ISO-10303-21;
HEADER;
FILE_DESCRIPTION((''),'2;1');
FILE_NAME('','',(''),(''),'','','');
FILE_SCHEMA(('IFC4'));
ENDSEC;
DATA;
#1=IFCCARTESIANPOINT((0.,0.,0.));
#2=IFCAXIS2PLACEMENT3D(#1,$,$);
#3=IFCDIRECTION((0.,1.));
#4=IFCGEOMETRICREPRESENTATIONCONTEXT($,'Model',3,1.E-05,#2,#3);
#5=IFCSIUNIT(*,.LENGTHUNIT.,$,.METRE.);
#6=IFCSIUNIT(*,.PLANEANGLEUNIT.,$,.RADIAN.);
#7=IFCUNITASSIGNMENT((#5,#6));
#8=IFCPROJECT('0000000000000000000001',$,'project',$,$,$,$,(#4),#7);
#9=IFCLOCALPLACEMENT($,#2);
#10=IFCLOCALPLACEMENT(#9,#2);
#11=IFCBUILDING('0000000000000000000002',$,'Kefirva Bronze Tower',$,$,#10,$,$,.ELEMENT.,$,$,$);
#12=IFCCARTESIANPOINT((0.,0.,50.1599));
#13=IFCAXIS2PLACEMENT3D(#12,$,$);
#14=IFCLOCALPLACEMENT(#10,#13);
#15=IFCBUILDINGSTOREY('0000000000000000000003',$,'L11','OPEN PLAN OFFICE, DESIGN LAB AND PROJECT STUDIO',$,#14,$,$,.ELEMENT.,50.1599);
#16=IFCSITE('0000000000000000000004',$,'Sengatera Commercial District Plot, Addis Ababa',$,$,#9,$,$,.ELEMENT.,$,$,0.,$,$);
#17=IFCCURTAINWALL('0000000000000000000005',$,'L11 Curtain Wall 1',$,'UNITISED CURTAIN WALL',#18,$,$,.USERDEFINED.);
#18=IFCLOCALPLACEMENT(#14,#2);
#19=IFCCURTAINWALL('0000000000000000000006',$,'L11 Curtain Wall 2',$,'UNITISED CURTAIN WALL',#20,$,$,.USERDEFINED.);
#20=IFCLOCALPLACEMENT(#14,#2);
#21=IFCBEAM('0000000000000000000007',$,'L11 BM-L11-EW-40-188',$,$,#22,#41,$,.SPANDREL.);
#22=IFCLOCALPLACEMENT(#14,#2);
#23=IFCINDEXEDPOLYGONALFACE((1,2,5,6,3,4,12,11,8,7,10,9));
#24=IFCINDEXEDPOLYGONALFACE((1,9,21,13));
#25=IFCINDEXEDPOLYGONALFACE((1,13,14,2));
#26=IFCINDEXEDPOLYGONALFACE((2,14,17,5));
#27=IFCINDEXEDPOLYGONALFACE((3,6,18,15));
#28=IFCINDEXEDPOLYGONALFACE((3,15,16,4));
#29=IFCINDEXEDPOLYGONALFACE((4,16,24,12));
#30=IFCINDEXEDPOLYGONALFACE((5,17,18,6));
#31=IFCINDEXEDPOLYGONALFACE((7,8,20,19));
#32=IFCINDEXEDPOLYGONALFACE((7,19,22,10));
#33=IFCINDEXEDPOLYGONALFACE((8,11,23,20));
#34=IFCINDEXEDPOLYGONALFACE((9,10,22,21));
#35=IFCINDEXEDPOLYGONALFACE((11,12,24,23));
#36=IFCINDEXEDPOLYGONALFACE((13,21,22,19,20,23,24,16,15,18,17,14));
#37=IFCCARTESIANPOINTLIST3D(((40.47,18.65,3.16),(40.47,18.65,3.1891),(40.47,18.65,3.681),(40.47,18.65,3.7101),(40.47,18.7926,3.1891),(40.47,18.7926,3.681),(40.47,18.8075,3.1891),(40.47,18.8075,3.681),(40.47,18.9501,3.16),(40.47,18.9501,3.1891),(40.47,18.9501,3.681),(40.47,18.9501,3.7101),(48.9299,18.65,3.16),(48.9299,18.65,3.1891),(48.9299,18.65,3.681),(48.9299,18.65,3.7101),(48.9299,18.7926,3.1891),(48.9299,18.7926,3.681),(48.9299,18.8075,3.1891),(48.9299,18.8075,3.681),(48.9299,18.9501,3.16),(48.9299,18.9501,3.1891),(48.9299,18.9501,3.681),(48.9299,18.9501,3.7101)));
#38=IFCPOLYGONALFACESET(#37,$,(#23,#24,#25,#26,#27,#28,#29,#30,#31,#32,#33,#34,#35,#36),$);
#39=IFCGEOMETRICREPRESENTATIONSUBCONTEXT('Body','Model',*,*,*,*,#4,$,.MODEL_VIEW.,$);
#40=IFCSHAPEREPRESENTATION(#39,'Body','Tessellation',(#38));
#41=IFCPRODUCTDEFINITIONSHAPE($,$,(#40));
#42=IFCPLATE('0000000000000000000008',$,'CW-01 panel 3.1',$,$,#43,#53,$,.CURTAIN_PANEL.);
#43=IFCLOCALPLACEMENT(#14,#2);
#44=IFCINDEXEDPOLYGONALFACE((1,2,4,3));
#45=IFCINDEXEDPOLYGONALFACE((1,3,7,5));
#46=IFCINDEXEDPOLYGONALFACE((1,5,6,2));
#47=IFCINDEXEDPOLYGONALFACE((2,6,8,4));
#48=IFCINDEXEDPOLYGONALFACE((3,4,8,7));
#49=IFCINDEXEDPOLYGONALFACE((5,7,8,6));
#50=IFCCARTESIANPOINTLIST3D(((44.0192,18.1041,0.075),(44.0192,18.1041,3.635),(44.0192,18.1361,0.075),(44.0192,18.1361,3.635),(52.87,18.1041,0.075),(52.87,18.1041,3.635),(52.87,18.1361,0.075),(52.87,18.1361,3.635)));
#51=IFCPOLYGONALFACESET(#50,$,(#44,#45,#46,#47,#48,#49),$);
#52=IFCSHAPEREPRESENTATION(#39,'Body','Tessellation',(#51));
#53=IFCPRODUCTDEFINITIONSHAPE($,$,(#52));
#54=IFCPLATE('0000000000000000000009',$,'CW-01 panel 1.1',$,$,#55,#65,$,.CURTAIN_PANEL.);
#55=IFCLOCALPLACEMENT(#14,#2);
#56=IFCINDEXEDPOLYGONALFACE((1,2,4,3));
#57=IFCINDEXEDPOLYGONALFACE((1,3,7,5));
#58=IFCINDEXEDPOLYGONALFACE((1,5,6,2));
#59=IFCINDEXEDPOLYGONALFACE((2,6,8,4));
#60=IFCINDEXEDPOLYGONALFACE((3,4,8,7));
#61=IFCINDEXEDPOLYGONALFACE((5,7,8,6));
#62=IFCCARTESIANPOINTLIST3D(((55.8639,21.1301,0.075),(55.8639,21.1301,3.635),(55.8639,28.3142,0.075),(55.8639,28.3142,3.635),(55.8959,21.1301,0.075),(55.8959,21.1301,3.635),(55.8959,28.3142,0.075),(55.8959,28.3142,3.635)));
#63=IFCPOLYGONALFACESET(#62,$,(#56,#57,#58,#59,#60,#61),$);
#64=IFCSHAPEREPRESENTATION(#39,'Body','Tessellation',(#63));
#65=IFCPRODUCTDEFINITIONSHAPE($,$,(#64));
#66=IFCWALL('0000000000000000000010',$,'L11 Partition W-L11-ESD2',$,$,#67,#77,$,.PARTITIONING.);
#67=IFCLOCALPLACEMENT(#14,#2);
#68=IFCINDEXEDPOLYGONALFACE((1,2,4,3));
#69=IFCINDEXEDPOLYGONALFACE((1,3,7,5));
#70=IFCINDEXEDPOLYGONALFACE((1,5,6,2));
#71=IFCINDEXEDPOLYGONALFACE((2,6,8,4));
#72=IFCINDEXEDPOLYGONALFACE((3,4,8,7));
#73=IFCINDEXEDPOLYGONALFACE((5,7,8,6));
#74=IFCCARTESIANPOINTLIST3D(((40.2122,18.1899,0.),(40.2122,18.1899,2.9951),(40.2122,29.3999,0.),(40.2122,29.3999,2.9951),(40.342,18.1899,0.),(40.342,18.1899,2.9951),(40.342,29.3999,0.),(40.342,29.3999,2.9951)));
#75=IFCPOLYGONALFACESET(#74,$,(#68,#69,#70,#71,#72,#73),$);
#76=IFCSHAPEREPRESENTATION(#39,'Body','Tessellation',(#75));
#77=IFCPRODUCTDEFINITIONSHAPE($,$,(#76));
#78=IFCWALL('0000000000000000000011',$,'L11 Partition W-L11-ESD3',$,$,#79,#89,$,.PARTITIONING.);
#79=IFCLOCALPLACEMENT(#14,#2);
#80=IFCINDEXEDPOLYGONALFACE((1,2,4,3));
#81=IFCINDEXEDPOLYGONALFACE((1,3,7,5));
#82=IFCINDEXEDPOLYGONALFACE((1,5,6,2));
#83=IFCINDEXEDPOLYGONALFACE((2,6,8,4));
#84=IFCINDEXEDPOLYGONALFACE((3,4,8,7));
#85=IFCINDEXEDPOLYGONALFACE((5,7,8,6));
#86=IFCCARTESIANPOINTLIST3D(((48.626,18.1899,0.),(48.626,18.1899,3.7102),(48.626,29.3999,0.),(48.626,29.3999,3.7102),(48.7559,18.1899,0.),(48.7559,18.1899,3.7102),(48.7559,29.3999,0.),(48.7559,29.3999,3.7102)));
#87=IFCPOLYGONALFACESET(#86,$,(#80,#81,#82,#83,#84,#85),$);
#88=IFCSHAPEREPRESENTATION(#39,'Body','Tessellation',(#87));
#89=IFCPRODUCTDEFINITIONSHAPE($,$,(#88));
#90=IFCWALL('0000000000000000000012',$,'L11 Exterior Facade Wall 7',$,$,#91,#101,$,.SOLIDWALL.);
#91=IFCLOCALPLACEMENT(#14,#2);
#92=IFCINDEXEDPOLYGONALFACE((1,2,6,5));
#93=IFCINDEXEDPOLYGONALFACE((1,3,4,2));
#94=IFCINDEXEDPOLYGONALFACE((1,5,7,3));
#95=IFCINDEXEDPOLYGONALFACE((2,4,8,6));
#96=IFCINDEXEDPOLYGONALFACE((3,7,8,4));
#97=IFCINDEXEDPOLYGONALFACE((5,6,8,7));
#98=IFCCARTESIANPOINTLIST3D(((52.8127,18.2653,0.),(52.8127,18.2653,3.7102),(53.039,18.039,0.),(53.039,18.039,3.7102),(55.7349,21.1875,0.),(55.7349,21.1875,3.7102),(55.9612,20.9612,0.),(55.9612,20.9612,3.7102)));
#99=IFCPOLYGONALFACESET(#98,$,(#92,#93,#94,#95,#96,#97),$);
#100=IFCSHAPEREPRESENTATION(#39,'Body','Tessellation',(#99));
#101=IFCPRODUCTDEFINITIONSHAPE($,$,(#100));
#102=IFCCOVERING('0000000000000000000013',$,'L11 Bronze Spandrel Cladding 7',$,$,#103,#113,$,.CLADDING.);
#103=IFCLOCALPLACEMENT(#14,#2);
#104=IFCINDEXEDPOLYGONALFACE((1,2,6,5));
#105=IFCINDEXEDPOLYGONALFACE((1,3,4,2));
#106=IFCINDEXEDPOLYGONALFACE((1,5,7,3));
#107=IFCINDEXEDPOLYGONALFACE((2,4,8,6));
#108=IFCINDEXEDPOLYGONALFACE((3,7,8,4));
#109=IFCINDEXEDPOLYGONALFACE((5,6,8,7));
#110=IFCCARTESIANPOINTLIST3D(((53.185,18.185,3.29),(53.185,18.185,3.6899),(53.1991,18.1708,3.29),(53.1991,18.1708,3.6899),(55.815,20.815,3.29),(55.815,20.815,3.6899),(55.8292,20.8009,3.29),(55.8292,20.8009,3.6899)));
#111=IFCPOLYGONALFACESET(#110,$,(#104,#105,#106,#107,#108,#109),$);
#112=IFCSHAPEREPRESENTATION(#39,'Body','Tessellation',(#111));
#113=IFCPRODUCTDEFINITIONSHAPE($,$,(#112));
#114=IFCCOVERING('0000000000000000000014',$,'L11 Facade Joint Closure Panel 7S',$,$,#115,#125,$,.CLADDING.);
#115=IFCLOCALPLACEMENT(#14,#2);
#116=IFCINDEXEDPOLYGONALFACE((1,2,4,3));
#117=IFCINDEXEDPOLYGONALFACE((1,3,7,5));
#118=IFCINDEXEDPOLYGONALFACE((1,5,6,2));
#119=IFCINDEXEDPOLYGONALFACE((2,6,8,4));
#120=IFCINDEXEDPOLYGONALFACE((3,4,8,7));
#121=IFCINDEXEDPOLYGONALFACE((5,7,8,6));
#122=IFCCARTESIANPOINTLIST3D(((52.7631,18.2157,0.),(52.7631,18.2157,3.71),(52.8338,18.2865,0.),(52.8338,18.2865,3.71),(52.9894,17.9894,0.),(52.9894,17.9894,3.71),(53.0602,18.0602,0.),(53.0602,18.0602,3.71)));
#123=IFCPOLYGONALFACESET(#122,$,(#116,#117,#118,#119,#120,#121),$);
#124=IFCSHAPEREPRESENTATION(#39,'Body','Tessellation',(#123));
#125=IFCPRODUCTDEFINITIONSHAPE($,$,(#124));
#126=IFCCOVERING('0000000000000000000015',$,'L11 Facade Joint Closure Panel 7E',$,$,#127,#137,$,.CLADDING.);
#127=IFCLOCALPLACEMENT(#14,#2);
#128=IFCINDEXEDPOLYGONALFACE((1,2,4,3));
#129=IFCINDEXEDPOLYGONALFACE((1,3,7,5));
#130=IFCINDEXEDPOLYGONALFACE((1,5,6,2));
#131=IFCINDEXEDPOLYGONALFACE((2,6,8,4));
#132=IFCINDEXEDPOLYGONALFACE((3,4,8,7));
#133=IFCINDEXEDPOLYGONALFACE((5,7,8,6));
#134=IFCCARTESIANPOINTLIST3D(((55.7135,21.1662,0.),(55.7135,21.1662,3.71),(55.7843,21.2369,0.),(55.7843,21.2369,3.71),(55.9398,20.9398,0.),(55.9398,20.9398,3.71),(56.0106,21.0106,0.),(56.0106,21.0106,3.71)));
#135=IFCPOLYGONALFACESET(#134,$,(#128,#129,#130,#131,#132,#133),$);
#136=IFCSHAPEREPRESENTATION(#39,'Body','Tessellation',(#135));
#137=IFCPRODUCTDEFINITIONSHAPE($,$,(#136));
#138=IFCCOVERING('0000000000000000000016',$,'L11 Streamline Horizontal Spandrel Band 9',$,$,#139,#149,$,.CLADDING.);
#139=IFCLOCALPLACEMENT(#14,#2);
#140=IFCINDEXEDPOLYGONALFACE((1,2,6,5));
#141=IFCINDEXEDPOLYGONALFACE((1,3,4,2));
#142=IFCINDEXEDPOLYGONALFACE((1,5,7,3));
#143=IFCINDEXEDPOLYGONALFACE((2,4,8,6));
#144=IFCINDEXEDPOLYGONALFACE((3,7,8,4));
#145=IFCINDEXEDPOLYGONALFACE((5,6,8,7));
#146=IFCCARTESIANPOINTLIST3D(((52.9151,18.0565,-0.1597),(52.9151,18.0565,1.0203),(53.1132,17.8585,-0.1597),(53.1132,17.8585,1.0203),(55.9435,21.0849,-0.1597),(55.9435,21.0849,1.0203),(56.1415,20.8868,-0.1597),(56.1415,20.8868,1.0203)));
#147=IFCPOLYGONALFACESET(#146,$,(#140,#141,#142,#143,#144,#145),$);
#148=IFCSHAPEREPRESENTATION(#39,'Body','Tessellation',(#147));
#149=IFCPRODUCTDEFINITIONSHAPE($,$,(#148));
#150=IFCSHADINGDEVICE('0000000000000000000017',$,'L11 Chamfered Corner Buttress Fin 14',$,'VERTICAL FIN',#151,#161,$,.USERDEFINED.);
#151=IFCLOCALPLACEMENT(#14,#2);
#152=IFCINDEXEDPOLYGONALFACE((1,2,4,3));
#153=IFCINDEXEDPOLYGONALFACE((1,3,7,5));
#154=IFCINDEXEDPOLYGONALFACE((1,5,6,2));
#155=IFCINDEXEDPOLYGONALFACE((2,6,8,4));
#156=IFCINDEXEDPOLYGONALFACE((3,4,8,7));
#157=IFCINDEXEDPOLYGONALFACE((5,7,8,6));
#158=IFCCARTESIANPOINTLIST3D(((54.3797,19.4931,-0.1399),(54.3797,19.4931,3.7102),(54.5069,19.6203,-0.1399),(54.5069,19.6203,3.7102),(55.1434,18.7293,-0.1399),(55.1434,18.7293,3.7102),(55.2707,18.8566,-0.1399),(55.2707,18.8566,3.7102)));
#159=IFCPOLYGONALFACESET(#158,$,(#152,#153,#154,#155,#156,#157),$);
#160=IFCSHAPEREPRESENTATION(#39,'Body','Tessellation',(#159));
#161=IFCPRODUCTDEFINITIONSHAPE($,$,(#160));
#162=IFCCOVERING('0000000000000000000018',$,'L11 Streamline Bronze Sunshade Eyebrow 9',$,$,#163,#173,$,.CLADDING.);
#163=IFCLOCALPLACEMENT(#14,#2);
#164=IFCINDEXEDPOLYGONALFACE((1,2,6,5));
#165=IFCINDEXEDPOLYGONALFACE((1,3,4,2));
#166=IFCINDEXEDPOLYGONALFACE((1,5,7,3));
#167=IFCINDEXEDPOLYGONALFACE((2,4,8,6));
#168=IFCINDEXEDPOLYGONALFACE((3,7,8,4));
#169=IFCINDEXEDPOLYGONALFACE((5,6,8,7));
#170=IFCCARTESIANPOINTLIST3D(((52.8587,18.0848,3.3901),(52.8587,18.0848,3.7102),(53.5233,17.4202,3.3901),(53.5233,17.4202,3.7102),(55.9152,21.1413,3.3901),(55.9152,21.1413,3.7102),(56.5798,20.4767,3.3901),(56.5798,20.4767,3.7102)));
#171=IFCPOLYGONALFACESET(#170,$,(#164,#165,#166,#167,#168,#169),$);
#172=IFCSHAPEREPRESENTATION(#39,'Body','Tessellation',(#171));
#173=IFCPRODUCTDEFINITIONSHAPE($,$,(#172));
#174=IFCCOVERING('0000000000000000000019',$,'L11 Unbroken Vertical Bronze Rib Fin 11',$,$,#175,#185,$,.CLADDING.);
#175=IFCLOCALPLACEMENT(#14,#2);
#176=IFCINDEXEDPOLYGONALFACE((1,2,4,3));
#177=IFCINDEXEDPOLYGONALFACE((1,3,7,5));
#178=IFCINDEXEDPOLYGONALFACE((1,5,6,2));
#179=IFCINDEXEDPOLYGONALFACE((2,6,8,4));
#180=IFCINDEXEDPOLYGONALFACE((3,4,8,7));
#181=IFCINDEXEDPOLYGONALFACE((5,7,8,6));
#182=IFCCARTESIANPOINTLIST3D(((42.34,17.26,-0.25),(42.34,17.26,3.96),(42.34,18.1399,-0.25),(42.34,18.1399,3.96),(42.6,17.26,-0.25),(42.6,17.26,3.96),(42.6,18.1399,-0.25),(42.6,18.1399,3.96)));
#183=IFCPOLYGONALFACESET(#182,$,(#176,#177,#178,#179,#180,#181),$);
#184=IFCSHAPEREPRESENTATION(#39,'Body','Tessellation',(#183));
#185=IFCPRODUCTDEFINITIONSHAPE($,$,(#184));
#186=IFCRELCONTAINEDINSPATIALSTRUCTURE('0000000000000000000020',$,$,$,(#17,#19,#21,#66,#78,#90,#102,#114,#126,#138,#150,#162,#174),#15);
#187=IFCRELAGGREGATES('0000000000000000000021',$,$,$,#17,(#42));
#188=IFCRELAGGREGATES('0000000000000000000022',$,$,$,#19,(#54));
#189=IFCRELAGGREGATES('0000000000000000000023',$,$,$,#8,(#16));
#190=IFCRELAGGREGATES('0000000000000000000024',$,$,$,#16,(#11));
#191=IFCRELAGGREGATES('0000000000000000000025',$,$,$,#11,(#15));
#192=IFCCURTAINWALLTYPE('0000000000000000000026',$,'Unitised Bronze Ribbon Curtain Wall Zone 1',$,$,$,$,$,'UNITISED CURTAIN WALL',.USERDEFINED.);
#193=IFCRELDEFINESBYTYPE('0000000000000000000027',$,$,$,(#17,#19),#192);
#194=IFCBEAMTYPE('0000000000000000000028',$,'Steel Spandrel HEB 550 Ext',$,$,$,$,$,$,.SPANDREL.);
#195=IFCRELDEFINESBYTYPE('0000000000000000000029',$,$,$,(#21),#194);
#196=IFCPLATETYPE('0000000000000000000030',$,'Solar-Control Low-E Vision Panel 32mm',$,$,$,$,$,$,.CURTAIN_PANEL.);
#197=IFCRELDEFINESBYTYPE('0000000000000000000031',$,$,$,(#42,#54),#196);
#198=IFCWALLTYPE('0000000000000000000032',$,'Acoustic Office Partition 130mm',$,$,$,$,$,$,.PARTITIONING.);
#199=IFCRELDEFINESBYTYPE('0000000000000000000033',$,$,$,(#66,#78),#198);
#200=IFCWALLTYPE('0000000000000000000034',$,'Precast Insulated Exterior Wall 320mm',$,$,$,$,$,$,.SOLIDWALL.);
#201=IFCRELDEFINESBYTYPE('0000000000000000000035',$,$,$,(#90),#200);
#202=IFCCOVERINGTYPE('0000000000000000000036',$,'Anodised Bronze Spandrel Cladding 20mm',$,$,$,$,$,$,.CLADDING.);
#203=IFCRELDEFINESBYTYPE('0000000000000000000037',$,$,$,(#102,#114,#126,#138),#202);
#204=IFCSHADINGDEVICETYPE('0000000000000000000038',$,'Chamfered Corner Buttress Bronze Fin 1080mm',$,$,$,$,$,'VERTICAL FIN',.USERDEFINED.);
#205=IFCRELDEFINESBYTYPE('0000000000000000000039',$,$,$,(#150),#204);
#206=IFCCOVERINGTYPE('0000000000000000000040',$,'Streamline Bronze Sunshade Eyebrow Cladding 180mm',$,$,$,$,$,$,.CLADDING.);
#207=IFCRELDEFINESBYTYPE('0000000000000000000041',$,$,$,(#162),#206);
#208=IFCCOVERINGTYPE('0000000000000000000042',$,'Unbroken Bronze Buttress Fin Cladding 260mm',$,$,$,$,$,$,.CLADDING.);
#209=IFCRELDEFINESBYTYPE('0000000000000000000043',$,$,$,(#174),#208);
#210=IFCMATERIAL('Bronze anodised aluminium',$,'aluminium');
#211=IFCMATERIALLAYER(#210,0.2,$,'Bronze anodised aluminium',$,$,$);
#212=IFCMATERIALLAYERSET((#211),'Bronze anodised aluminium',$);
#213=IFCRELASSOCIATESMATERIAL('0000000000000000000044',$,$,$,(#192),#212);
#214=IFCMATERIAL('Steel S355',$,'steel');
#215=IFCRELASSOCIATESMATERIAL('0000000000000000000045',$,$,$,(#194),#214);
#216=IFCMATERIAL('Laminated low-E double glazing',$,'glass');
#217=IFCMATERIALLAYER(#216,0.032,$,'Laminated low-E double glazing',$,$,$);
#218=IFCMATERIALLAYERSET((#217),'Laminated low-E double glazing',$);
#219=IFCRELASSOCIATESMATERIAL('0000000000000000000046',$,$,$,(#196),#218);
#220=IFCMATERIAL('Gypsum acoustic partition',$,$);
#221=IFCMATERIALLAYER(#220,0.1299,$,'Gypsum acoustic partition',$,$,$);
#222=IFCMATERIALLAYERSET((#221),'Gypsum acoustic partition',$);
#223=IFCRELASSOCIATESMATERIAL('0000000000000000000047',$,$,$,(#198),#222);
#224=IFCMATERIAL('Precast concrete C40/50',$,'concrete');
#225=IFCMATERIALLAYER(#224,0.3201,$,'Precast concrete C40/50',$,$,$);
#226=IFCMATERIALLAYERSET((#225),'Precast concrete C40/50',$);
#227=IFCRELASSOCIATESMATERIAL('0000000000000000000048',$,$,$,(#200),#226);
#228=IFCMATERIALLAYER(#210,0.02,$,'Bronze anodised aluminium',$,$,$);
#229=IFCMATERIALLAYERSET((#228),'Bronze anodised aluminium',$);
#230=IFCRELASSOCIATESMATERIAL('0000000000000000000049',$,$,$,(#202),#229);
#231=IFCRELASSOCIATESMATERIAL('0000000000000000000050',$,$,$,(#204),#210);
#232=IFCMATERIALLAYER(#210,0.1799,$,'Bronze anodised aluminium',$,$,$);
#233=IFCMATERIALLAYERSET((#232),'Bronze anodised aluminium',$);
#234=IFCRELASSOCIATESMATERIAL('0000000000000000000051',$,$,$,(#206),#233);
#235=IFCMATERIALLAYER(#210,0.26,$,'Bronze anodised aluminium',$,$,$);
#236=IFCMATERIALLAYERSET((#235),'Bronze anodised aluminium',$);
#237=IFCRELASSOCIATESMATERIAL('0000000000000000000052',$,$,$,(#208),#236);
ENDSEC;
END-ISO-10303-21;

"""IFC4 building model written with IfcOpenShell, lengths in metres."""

from ifc_helpers import new_model, si_unit, direction, frame, frame_2d, origin, origin_2d, place, context, subcontext, project, spatial, rectangle, i_section, extrude, material, layer, layer_set, material_profile, profile_set, type_object, element, aggregate, save


model = new_model("IFC4")

# Units and contexts
model_context = context("Model", 3, precision=1e-05, world=origin(), true_north=direction((0.0, 1.0)))
body_context = subcontext(model_context, "Body", "Model", "MODEL_VIEW")
ifc_project = project(units=[si_unit("LENGTHUNIT", "METRE"), si_unit("PLANEANGLEUNIT", "RADIAN")], contexts=[model_context])

# Site, building, storey
site_placement = place(None, origin())
site = spatial("IfcSite", under=ifc_project, at=site_placement, Name="Sengatera Commercial District Plot, Addis Ababa", CompositionType="ELEMENT", RefElevation=0.0)
building_placement = place(site_placement, origin())
building = spatial("IfcBuilding", under=site, at=building_placement, Name="Kefirva Bronze Tower", CompositionType="ELEMENT")
storey_placement = place(building_placement, frame((0.0, 0.0, 50.1599)))
storey = spatial("IfcBuildingStorey", under=building, at=storey_placement, Name="L11", Description="OPEN PLAN OFFICE, DESIGN LAB AND PROJECT STUDIO", CompositionType="ELEMENT", Elevation=50.1599)

# Curtain wall
ifc_material_1 = material(Name="Bronze anodised aluminium", Category="aluminium")
ifc_layer_1 = layer(ifc_material_1, 0.2, Name="Bronze anodised aluminium")
ifc_layer_set_1 = layer_set([ifc_layer_1], Name="Bronze anodised aluminium")
curtain_wall_type = type_object("IfcCurtainWallType", Name="Unitised Bronze Ribbon Curtain Wall Zone 1", ElementType="UNITISED CURTAIN WALL", PredefinedType="USERDEFINED", material=ifc_layer_set_1)
curtain_wall_1_placement = place(storey_placement, origin())
curtain_wall_1 = element("IfcCurtainWall", 1, at=curtain_wall_1_placement, inside=storey, type_object=curtain_wall_type, Name="L11 Curtain Wall 1", ObjectType="UNITISED CURTAIN WALL", PredefinedType="USERDEFINED")

# Curtain wall
curtain_wall_2_placement = place(storey_placement, origin())
curtain_wall_2 = element("IfcCurtainWall", 2, at=curtain_wall_2_placement, inside=storey, type_object=curtain_wall_type, Name="L11 Curtain Wall 2", ObjectType="UNITISED CURTAIN WALL", PredefinedType="USERDEFINED")

# Beam
ifc_material_2 = material(Name="Steel S355", Category="steel")
ifc_material_profile_1 = material_profile(ifc_material_2, i_section(OverallWidth=0.3, OverallDepth=0.55, WebThickness=0.0149, FlangeThickness=0.0291, at=origin_2d()), Name="HEB 550")
ifc_profile_set_1 = profile_set([ifc_material_profile_1], Name="Steel S355")
beam_type_1 = type_object("IfcBeamType", Name="Steel Spandrel HEB 550 Ext", PredefinedType="SPANDREL", material=ifc_profile_set_1)
beam_1_placement = place(storey_placement, frame((40.47, 18.8, 3.4351), z_axis=(1.0, 0.0, 0.0), x_axis=(0.0, 1.0, 0.0)))
element("IfcBeam", 3, at=beam_1_placement, inside=storey, type_object=beam_type_1, Name="L11 BM-L11-EW-40-188", PredefinedType="SPANDREL", context=body_context, shape_type="SweptSolid", body=[
    extrude(i_section(OverallWidth=0.3, OverallDepth=0.55, WebThickness=0.0149, FlangeThickness=0.0291, at=origin_2d()), origin(), (0.0, 0.0, 1.0), 8.46),
])

# Plates
ifc_material_3 = material(Name="Laminated low-E double glazing", Category="glass")
ifc_layer_2 = layer(ifc_material_3, 0.032, Name="Laminated low-E double glazing")
ifc_layer_set_2 = layer_set([ifc_layer_2], Name="Laminated low-E double glazing")
plate_type = type_object("IfcPlateType", Name="Solar-Control Low-E Vision Panel 32mm", PredefinedType="CURTAIN_PANEL", material=ifc_layer_set_2)
plate_1_placement = place(storey_placement, frame((48.4446, 18.1201, 0.075), z_axis=(0.0, 0.0, 1.0), x_axis=(1.0, 0.0, 0.0)))
plate_1 = element("IfcPlate", 4, at=plate_1_placement, type_object=plate_type, Name="CW-01 panel 3.1", PredefinedType="CURTAIN_PANEL", context=body_context, shape_type="SweptSolid", body=[
    extrude(rectangle(XDim=8.8508, YDim=0.032, at=origin_2d()), origin(), (0.0, 0.0, 1.0), 3.5601),
])
aggregate(curtain_wall_1, [plate_1])
plate_2_placement = place(storey_placement, frame((55.8799, 24.7222, 0.075), z_axis=(0.0, 0.0, 1.0), x_axis=(0.0, 1.0, 0.0)))
plate_2 = element("IfcPlate", 5, at=plate_2_placement, type_object=plate_type, Name="CW-01 panel 1.1", PredefinedType="CURTAIN_PANEL", context=body_context, shape_type="SweptSolid", body=[
    extrude(rectangle(XDim=7.1841, YDim=0.032, at=origin_2d()), origin(), (0.0, 0.0, 1.0), 3.5601),
])
aggregate(curtain_wall_2, [plate_2])

# Walls
ifc_material_4 = material(Name="Gypsum acoustic partition")
ifc_layer_3 = layer(ifc_material_4, 0.1299, Name="Gypsum acoustic partition")
ifc_layer_set_3 = layer_set([ifc_layer_3], Name="Gypsum acoustic partition")
wall_type_1 = type_object("IfcWallType", Name="Acoustic Office Partition 130mm", PredefinedType="PARTITIONING", material=ifc_layer_set_3)
wall_1_placement = place(storey_placement, frame((40.2771, 18.1899, 0.0), z_axis=(0.0, 0.0, 1.0), x_axis=(0.0, 1.0, 0.0)))
element("IfcWall", 6, at=wall_1_placement, inside=storey, type_object=wall_type_1, Name="L11 Partition W-L11-ESD2", PredefinedType="PARTITIONING", context=body_context, shape_type="SweptSolid", body=[
    extrude(rectangle(XDim=11.21, YDim=0.1299, at=frame_2d((5.605, 0.0))), origin(), (0.0, 0.0, 1.0), 2.9951),
])
wall_2_placement = place(storey_placement, frame((48.6909, 18.1899, 0.0), z_axis=(0.0, 0.0, 1.0), x_axis=(0.0, 1.0, 0.0)))
element("IfcWall", 7, at=wall_2_placement, inside=storey, type_object=wall_type_1, Name="L11 Partition W-L11-ESD3", PredefinedType="PARTITIONING", context=body_context, shape_type="SweptSolid", body=[
    extrude(rectangle(XDim=11.21, YDim=0.1299, at=frame_2d((5.605, 0.0))), origin(), (0.0, 0.0, 1.0), 3.7102),
])
ifc_material_5 = material(Name="Precast concrete C40/50", Category="concrete")
ifc_layer_4 = layer(ifc_material_5, 0.3201, Name="Precast concrete C40/50")
ifc_layer_set_4 = layer_set([ifc_layer_4], Name="Precast concrete C40/50")
wall_type_2 = type_object("IfcWallType", Name="Precast Insulated Exterior Wall 320mm", PredefinedType="SOLIDWALL", material=ifc_layer_set_4)
wall_3_placement = place(storey_placement, frame((52.9258, 18.1521, 0.0), z_axis=(0.0, 0.0, 1.0), x_axis=(0.707107, 0.707107, 0.0)))
element("IfcWall", 8, at=wall_3_placement, inside=storey, type_object=wall_type_2, Name="L11 Exterior Facade Wall 7", PredefinedType="SOLIDWALL", context=body_context, shape_type="SweptSolid", body=[
    extrude(rectangle(XDim=4.1326, YDim=0.3201, at=frame_2d((2.0664, 0.0))), origin(), (0.0, 0.0, 1.0), 3.7102),
])

# Coverings
ifc_layer_5 = layer(ifc_material_1, 0.02, Name="Bronze anodised aluminium")
ifc_layer_set_5 = layer_set([ifc_layer_5], Name="Bronze anodised aluminium")
covering_type_1 = type_object("IfcCoveringType", Name="Anodised Bronze Spandrel Cladding 20mm", PredefinedType="CLADDING", material=ifc_layer_set_5)
covering_1_placement = place(storey_placement, frame((54.5071, 19.4929, 3.29), z_axis=(0.0, 0.0, 1.0), x_axis=(0.707107, 0.707107, 0.0)))
element("IfcCovering", 9, at=covering_1_placement, inside=storey, type_object=covering_type_1, Name="L11 Bronze Spandrel Cladding 7", PredefinedType="CLADDING", context=body_context, shape_type="SweptSolid", body=[
    extrude(rectangle(XDim=3.7195, YDim=0.02, at=origin_2d()), origin(), (0.0, 0.0, 1.0), 0.3999),
])
for number, where, z_axis, x_axis, name in (
    (10, (52.9116, 18.1379, 0.0), (0.0, 0.0, 1.0), (0.707107, 0.707107, 0.0), "L11 Facade Joint Closure Panel 7S"),
    (11, (55.8621, 21.0884, 0.0), (0.0, 0.0, 1.0), (0.707107, 0.707107, 0.0), "L11 Facade Joint Closure Panel 7E"),
):
    element("IfcCovering", number, at=place(storey_placement, frame(where, z_axis=z_axis, x_axis=x_axis)), inside=storey, type_object=covering_type_1, Name=name, PredefinedType="CLADDING", context=body_context, shape_type="SweptSolid", body=[
        extrude(rectangle(XDim=0.1001, YDim=0.3201, at=origin_2d()), origin(), (0.0, 0.0, 1.0), 3.71),
    ])
covering_2_placement = place(storey_placement, frame((54.5283, 19.4717, -0.1597), z_axis=(0.0, 0.0, 1.0), x_axis=(0.707107, 0.707107, 0.0)))
element("IfcCovering", 12, at=covering_2_placement, inside=storey, type_object=covering_type_1, Name="L11 Streamline Horizontal Spandrel Band 9", PredefinedType="CLADDING", context=body_context, shape_type="SweptSolid", body=[
    extrude(rectangle(XDim=4.2827, YDim=0.28, at=origin_2d()), origin(), (0.0, 0.0, 1.0), 1.1799),
])

# Shading device
ifc_material_profile_2 = material_profile(ifc_material_1, rectangle(XDim=0.1799, YDim=1.0801, at=origin_2d()), Name="BRONZE BUTTRESS FIN 180x1080")
ifc_profile_set_2 = profile_set([ifc_material_profile_2], Name="Bronze anodised aluminium")
shading_device_type = type_object("IfcShadingDeviceType", Name="Chamfered Corner Buttress Bronze Fin 1080mm", ElementType="VERTICAL FIN", PredefinedType="USERDEFINED", material=ifc_profile_set_2)
shading_device_placement = place(storey_placement, frame((54.8252, 19.1748, -0.1399), z_axis=(0.0, 0.0, 1.0), x_axis=(0.707107, 0.707107, 0.0)))
element("IfcShadingDevice", 13, at=shading_device_placement, inside=storey, type_object=shading_device_type, Name="L11 Chamfered Corner Buttress Fin 14", ObjectType="VERTICAL FIN", PredefinedType="USERDEFINED", context=body_context, shape_type="SweptSolid", body=[
    extrude(rectangle(XDim=0.1799, YDim=1.0801, at=origin_2d()), origin(), (0.0, 0.0, 1.0), 3.8501),
])

# Coverings
ifc_layer_6 = layer(ifc_material_1, 0.1799, Name="Bronze anodised aluminium")
ifc_layer_set_6 = layer_set([ifc_layer_6], Name="Bronze anodised aluminium")
covering_type_2 = type_object("IfcCoveringType", Name="Streamline Bronze Sunshade Eyebrow Cladding 180mm", PredefinedType="CLADDING", material=ifc_layer_set_6)
covering_3_placement = place(storey_placement, frame((54.7192, 19.2808, 3.3901), z_axis=(0.0, 0.0, 1.0), x_axis=(0.707107, 0.707107, 0.0)))
element("IfcCovering", 14, at=covering_3_placement, inside=storey, type_object=covering_type_2, Name="L11 Streamline Bronze Sunshade Eyebrow 9", PredefinedType="CLADDING", context=body_context, shape_type="SweptSolid", body=[
    extrude(rectangle(XDim=4.3225, YDim=0.9399, at=origin_2d()), origin(), (0.0, 0.0, 1.0), 0.3201),
])
ifc_layer_7 = layer(ifc_material_1, 0.26, Name="Bronze anodised aluminium")
ifc_layer_set_7 = layer_set([ifc_layer_7], Name="Bronze anodised aluminium")
covering_type_3 = type_object("IfcCoveringType", Name="Unbroken Bronze Buttress Fin Cladding 260mm", PredefinedType="CLADDING", material=ifc_layer_set_7)
for number, where, z_axis, x_axis, name in (
    (15, (42.47, 17.7, -0.25), (0.0, 0.0, 1.0), (1.0, 0.0, 0.0), "L11 Unbroken Vertical Bronze Rib Fin 11"),
):
    element("IfcCovering", number, at=place(storey_placement, frame(where, z_axis=z_axis, x_axis=x_axis)), inside=storey, type_object=covering_type_3, Name=name, PredefinedType="CLADDING", context=body_context, shape_type="SweptSolid", body=[
        extrude(rectangle(XDim=0.26, YDim=0.8799, at=origin_2d()), origin(), (0.0, 0.0, 1.0), 4.21),
    ])

save(model, "model.ifc")
